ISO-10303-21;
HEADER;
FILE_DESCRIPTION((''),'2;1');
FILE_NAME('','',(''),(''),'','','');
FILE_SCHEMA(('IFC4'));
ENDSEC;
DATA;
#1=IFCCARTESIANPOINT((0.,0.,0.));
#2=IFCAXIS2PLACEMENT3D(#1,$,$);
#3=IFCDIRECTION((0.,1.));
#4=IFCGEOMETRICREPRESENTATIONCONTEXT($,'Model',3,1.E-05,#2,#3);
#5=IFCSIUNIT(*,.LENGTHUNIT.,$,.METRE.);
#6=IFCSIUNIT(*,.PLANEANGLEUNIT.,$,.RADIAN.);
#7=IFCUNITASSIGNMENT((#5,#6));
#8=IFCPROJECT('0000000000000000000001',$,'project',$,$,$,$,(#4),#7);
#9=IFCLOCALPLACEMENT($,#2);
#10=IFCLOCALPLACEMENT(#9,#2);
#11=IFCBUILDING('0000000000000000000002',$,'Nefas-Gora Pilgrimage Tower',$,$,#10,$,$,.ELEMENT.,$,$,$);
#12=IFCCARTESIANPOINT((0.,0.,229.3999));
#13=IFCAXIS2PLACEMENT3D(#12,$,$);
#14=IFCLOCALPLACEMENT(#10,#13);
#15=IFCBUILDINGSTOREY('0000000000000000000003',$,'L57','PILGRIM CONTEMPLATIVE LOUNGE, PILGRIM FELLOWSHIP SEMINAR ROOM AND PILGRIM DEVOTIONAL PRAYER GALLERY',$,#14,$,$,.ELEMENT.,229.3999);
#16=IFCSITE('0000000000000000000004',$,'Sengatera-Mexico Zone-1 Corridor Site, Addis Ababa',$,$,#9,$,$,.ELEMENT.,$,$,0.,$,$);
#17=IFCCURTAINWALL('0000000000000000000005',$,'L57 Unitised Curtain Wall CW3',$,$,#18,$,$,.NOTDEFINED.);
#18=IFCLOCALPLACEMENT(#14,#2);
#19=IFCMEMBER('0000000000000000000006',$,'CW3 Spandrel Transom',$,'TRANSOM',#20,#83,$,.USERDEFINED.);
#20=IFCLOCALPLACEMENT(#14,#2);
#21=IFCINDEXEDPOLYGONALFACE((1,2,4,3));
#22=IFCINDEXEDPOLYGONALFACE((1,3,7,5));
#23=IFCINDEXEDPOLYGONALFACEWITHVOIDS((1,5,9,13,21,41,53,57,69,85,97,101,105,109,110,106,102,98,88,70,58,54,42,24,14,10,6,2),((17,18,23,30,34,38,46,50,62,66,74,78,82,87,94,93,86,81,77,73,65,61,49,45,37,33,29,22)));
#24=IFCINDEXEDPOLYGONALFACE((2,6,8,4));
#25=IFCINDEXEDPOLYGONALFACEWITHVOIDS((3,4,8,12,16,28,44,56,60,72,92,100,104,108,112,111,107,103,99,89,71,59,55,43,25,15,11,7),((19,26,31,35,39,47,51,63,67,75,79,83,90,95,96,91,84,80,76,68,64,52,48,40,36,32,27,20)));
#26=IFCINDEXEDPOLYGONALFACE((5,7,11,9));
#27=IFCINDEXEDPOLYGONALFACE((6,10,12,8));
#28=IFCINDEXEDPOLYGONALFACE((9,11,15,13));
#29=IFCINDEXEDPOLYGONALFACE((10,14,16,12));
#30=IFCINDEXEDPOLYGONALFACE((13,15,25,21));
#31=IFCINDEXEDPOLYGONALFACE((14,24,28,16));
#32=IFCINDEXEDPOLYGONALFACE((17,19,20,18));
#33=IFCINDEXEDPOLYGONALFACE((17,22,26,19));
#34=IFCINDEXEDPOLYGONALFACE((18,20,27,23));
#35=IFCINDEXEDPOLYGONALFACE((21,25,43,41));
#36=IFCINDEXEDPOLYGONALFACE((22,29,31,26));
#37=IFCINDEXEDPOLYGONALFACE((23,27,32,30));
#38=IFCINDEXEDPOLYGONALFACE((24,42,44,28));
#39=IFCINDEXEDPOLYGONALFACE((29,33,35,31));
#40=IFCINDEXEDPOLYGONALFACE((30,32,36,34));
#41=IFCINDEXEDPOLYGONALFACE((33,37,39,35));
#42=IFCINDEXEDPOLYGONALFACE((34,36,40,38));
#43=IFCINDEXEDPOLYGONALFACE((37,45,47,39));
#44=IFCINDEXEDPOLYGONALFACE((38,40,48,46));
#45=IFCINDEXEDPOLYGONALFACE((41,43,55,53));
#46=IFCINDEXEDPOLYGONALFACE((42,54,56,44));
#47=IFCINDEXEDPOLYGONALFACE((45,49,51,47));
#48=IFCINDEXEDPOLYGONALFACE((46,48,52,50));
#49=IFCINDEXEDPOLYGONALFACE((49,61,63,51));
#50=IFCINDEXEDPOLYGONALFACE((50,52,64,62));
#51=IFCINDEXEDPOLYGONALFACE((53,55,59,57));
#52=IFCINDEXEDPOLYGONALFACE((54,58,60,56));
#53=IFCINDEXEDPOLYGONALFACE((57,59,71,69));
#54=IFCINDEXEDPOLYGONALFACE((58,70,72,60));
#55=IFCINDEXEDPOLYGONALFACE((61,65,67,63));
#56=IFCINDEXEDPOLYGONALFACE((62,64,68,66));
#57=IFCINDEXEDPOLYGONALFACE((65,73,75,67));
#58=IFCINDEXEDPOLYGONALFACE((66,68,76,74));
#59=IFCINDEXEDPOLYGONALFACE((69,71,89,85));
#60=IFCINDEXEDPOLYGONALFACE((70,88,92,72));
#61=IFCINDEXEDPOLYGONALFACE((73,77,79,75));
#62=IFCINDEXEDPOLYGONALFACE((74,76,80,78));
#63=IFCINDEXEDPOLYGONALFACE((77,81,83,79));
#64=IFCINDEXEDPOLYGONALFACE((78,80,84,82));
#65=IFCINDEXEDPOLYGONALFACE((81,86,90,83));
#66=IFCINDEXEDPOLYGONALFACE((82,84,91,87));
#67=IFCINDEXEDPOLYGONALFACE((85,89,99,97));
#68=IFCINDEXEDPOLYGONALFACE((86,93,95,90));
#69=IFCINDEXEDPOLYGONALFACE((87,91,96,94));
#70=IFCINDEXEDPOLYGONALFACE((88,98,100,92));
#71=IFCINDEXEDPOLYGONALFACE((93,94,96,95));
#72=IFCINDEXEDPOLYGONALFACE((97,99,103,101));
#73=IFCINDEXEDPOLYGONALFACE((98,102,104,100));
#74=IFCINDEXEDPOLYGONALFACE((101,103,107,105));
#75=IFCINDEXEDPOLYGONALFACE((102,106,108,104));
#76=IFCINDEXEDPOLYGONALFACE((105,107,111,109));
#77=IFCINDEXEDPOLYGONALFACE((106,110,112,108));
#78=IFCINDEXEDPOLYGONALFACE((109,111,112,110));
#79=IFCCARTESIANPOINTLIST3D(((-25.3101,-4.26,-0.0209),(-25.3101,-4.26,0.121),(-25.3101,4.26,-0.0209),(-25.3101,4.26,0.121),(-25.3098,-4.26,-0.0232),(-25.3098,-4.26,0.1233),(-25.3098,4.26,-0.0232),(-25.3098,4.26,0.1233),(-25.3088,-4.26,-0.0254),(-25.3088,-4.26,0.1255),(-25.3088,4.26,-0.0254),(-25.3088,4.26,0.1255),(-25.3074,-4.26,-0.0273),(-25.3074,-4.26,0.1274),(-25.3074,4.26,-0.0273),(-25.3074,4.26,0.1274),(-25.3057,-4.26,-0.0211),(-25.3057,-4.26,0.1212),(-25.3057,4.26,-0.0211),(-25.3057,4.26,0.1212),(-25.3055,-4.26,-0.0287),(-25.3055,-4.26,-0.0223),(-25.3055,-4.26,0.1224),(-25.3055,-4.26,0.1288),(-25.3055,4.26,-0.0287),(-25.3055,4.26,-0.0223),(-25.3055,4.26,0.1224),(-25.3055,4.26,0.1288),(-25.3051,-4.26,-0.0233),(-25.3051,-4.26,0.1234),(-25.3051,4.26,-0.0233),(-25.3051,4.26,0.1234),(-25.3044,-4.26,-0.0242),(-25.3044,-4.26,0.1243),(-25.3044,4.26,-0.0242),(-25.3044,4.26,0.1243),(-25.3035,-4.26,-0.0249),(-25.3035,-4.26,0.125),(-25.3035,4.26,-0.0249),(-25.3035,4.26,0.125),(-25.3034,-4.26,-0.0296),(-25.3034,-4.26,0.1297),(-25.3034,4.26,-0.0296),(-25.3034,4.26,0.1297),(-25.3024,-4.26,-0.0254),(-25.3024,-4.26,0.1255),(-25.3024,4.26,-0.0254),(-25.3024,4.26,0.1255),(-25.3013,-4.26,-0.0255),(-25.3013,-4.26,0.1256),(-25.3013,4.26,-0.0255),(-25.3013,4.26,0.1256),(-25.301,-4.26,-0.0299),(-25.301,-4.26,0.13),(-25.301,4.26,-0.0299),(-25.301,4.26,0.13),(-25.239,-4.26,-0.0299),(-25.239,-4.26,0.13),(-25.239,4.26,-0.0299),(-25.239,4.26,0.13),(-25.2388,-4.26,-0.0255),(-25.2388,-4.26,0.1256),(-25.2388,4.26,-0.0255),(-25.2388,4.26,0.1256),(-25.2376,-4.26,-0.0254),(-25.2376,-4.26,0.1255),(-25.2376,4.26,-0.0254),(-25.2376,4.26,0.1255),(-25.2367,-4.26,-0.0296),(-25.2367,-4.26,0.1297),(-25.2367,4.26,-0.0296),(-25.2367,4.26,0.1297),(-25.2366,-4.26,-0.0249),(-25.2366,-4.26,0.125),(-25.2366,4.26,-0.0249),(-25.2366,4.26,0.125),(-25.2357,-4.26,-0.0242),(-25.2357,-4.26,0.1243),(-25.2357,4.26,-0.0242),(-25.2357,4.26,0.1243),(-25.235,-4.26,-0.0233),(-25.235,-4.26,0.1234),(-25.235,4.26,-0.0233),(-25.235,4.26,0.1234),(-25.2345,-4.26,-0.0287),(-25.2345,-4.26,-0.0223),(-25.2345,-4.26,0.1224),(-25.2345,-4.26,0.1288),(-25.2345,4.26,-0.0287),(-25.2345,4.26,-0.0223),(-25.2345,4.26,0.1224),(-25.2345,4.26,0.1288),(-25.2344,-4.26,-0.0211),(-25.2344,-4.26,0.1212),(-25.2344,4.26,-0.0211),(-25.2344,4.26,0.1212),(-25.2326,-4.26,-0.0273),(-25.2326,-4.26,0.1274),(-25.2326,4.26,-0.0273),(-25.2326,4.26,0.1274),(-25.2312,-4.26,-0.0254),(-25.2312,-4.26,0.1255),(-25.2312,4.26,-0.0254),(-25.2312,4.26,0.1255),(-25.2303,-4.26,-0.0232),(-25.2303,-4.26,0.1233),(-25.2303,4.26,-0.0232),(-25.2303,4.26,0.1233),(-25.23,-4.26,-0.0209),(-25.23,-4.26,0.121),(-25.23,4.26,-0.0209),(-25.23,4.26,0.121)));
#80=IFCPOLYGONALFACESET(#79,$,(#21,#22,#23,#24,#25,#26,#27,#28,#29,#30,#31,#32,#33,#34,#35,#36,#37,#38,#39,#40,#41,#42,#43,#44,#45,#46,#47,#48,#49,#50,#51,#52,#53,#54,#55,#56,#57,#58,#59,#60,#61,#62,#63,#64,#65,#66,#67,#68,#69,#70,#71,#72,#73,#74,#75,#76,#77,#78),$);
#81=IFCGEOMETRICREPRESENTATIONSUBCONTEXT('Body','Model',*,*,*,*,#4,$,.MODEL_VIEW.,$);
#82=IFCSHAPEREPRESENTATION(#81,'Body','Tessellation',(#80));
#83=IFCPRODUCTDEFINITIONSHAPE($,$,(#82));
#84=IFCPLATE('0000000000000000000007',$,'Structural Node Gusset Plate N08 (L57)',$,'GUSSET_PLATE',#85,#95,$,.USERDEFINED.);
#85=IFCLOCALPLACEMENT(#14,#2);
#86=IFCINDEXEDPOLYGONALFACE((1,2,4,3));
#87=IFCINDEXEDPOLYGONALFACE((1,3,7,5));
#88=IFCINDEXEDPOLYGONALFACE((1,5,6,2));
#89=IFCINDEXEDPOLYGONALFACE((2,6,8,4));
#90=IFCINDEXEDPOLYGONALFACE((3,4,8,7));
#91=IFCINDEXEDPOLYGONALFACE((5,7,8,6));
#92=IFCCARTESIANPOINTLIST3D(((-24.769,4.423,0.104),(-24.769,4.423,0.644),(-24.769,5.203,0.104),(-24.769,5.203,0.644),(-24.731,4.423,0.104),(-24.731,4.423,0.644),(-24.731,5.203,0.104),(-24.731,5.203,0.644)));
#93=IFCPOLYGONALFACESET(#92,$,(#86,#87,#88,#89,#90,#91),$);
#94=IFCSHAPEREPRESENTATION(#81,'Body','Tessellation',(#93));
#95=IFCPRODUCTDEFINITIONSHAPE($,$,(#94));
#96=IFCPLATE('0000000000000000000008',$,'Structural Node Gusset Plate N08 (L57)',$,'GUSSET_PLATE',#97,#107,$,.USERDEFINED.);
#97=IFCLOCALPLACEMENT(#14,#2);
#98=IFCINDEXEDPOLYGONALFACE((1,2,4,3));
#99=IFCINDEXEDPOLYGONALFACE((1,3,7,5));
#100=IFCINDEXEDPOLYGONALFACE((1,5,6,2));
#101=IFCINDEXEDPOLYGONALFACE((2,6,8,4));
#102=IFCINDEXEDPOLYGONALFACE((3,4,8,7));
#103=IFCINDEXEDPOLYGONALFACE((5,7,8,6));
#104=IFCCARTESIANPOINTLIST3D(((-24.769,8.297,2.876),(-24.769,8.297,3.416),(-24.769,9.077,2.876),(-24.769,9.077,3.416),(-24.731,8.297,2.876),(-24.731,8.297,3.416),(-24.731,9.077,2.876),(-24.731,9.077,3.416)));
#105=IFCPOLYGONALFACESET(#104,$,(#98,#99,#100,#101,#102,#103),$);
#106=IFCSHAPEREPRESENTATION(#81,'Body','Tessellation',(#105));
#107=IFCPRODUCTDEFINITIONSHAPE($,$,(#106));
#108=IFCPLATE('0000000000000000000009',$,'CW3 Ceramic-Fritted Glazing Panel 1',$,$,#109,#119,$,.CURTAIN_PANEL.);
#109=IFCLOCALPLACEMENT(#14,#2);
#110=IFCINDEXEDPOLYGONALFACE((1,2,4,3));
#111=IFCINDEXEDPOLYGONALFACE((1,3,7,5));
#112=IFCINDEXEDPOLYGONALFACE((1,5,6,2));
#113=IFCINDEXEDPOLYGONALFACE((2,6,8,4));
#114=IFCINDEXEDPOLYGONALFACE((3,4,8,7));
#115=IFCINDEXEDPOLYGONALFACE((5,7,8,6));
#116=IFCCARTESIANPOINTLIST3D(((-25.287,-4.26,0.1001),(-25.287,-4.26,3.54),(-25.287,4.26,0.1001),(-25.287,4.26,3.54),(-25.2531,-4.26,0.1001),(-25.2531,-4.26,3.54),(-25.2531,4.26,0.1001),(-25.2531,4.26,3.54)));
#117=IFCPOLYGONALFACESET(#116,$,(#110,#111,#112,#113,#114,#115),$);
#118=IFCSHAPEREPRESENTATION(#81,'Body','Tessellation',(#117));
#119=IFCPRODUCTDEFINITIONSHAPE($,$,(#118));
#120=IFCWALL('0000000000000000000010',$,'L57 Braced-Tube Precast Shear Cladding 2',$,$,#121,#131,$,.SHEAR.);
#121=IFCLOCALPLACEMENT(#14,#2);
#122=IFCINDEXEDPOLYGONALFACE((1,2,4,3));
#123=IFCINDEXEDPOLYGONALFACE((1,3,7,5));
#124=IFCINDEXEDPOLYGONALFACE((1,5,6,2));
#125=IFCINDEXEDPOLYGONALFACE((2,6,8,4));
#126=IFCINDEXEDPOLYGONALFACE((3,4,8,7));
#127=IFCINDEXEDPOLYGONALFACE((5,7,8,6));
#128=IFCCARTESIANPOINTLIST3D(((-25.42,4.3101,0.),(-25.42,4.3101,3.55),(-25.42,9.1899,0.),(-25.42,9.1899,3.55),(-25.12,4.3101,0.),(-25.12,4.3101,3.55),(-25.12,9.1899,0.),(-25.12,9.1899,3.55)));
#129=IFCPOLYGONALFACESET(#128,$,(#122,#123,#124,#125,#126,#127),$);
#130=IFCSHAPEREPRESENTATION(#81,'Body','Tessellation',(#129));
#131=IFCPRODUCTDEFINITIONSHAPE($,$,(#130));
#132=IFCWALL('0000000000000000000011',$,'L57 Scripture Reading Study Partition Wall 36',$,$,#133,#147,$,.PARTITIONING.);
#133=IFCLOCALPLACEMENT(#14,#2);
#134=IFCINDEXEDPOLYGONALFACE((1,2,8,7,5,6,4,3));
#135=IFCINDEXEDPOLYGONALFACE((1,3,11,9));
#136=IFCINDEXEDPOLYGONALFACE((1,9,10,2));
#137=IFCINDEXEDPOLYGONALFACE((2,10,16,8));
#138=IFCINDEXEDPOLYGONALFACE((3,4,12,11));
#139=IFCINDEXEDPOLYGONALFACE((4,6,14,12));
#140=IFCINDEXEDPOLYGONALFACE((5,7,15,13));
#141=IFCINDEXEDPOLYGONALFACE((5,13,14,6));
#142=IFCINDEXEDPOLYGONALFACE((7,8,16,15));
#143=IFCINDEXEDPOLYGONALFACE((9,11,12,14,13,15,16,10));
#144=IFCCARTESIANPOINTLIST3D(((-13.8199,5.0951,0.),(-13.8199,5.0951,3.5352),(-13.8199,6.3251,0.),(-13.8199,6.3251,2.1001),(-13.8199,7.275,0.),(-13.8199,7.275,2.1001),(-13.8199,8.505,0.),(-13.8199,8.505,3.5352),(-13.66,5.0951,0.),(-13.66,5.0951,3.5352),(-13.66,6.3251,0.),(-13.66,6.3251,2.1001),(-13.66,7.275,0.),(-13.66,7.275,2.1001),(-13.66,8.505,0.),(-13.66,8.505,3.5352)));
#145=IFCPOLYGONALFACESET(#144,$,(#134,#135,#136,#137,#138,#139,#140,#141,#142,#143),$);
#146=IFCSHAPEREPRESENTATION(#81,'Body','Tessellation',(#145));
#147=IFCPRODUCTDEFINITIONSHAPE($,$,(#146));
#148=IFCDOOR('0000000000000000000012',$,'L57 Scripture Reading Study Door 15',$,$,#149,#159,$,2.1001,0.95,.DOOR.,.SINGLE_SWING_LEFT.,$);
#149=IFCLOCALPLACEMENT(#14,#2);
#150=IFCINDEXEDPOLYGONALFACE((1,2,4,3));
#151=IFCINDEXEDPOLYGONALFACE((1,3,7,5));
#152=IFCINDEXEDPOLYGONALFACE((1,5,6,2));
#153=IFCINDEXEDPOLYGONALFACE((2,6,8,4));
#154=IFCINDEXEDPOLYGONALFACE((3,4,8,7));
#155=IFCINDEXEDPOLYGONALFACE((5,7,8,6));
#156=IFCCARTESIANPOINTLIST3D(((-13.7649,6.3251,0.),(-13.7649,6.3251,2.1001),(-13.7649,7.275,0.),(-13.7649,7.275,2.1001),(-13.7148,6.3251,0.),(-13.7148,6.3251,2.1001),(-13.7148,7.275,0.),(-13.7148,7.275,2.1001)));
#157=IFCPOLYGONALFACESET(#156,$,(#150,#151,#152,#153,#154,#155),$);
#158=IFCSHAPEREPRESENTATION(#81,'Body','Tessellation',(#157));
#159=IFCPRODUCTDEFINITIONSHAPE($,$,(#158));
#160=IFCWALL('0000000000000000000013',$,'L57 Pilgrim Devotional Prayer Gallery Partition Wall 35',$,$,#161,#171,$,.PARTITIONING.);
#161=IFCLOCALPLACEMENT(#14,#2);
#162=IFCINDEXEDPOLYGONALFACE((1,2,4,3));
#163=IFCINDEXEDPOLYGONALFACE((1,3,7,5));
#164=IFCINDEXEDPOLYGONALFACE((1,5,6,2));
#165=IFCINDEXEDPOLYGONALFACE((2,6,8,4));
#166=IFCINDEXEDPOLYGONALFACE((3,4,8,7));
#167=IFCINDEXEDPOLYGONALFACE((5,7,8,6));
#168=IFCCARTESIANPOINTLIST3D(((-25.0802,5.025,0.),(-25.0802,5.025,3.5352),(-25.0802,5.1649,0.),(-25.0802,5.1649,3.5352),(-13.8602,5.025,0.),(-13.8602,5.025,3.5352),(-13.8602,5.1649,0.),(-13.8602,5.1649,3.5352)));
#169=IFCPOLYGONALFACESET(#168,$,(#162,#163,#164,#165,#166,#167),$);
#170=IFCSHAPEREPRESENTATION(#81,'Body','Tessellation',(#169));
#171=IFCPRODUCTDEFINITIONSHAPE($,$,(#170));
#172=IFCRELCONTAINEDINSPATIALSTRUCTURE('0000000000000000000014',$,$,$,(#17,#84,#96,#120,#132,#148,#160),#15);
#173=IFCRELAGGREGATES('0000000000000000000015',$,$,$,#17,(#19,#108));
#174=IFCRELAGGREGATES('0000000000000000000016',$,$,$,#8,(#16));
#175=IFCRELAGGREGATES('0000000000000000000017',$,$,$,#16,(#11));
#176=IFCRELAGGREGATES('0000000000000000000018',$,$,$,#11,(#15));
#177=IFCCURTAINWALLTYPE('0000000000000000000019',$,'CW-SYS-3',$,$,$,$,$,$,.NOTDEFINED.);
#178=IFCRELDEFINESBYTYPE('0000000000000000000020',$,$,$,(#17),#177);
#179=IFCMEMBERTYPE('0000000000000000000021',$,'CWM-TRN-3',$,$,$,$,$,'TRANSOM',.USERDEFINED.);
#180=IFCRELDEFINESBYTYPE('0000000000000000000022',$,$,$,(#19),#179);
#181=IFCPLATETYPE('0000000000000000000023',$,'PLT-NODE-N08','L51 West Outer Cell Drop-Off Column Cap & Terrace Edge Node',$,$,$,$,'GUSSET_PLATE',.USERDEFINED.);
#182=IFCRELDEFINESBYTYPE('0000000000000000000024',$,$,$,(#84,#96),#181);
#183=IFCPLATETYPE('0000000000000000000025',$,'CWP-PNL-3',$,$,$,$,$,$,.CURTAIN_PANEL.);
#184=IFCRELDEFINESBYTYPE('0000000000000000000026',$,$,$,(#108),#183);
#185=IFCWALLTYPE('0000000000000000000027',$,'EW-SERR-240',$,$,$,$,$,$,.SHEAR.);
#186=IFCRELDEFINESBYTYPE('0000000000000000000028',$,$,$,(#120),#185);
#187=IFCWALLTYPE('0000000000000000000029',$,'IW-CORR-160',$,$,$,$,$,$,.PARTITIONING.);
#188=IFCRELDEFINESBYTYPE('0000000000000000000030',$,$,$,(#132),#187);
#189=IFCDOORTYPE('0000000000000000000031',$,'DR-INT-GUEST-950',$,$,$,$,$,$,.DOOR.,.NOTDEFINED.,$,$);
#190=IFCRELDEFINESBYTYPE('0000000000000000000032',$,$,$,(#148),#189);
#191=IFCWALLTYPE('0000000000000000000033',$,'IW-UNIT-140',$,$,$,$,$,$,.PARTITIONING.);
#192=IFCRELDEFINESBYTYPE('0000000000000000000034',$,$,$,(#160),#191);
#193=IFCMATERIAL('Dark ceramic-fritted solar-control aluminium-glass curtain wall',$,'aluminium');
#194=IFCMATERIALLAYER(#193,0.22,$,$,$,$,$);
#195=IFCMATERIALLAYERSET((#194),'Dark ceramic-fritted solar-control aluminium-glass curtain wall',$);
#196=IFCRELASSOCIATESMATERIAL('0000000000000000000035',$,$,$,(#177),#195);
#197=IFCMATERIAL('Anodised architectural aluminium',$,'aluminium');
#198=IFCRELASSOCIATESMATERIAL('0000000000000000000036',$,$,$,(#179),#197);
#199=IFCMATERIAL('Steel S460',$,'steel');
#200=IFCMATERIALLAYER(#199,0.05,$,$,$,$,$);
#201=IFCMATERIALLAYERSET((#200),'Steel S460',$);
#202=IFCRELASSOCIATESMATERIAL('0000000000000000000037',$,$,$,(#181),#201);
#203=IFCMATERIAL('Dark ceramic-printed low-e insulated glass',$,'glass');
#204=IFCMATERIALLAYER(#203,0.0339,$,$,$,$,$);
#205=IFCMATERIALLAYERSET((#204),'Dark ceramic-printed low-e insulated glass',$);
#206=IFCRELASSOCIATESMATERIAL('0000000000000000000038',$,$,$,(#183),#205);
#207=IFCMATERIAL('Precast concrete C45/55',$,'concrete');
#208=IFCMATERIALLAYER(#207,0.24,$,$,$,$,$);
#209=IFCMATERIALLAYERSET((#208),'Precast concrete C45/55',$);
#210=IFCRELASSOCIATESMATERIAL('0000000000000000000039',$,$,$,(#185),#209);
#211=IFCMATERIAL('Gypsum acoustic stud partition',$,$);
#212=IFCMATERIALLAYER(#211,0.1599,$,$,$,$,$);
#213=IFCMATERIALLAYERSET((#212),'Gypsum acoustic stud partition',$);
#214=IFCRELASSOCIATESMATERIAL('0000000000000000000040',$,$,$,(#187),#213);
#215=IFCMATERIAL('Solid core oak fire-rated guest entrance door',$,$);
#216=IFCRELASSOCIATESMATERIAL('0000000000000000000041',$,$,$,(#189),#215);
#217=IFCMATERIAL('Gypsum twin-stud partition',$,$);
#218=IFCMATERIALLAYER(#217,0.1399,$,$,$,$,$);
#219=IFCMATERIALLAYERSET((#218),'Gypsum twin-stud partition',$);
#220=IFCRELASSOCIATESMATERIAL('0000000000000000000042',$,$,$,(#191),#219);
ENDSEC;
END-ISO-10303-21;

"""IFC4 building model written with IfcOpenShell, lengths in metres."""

from ifc_helpers import new_model, si_unit, direction, frame, frame_2d, origin, origin_2d, place, context, subcontext, project, spatial, rectangle, hollow_rectangle, extrude, source, transform, mapped, material, layer, layer_set, material_profile, profile_set, type_object, element, fill, aggregate, save


model = new_model("IFC4")

# Units and contexts
model_context = context("Model", 3, precision=1e-05, world=origin(), true_north=direction((0.0, 1.0)))
body_context = subcontext(model_context, "Body", "Model", "MODEL_VIEW")
ifc_project = project(units=[si_unit("LENGTHUNIT", "METRE"), si_unit("PLANEANGLEUNIT", "RADIAN")], contexts=[model_context])

# Site, building, storey
site_placement = place(None, origin())
site = spatial("IfcSite", under=ifc_project, at=site_placement, Name="Sengatera-Mexico Zone-1 Corridor Site, Addis Ababa", CompositionType="ELEMENT", RefElevation=0.0)
building_placement = place(site_placement, origin())
building = spatial("IfcBuilding", under=site, at=building_placement, Name="Nefas-Gora Pilgrimage Tower", CompositionType="ELEMENT")
storey_placement = place(building_placement, frame((0.0, 0.0, 229.3999)))
storey = spatial("IfcBuildingStorey", under=building, at=storey_placement, Name="L57", Description="PILGRIM CONTEMPLATIVE LOUNGE, PILGRIM FELLOWSHIP SEMINAR ROOM AND PILGRIM DEVOTIONAL PRAYER GALLERY", CompositionType="ELEMENT", Elevation=229.3999)

# Shared definitions
ifc_material_1 = material(Name="Steel S460", Category="steel")

# Shared definitions
ifc_material_2 = material(Name="Dark ceramic-fritted solar-control aluminium-glass curtain wall", Category="aluminium")
ifc_layer_1 = layer(ifc_material_2, 0.22)
ifc_layer_set_1 = layer_set([ifc_layer_1], Name="Dark ceramic-fritted solar-control aluminium-glass curtain wall")
curtain_wall_type = type_object("IfcCurtainWallType", Name="CW-SYS-3", PredefinedType="NOTDEFINED", material=ifc_layer_set_1)
ifc_material_3 = material(Name="Anodised architectural aluminium", Category="aluminium")

# Curtain wall, member
curtain_wall_1_placement = place(storey_placement, origin())
curtain_wall_1 = element("IfcCurtainWall", 1, at=curtain_wall_1_placement, inside=storey, type_object=curtain_wall_type, Name="L57 Unitised Curtain Wall CW3", PredefinedType="NOTDEFINED")
ifc_material_profile_1 = material_profile(ifc_material_3, hollow_rectangle(XDim=0.0801, YDim=0.1599, WallThickness=0.0044, InnerFilletRadius=0.0044, OuterFilletRadius=0.009, at=origin_2d()), Name="ALU TRANSOM 80x160")
ifc_profile_set_1 = profile_set([ifc_material_profile_1], Name="Anodised architectural aluminium")
member_type_1 = type_object("IfcMemberType", Name="CWM-TRN-3", ElementType="TRANSOM", PredefinedType="USERDEFINED", material=ifc_profile_set_1)
shared_shape_1 = source(origin(), body_context, "Body", "SweptSolid", [
    extrude(hollow_rectangle(XDim=0.0801, YDim=0.1599, WallThickness=0.0044, InnerFilletRadius=0.0044, OuterFilletRadius=0.009, at=origin_2d()), origin(), (0.0, 0.0, 1.0), 8.52),
])
member_1_placement = place(storey_placement, frame((-25.27, 4.26, 0.05), z_axis=(0.0, -1.0, 0.0), x_axis=(1.0, 0.0, 0.0)))
member_1 = element("IfcMember", 2, at=member_1_placement, type_object=member_type_1, Name="CW3 Spandrel Transom", ObjectType="TRANSOM", PredefinedType="USERDEFINED", context=body_context, shape_type="MappedRepresentation", body=[
    mapped(shared_shape_1, transform((0.0, 0.0, 0.0), x_axis=(1.0, 0.0, 0.0), y_axis=(0.0, 1.0, 0.0), z_axis=(0.0, 0.0, 1.0), scale=1.0)),
])

# Plates
ifc_layer_2 = layer(ifc_material_1, 0.05)
ifc_layer_set_2 = layer_set([ifc_layer_2], Name="Steel S460")
plate_type_1 = type_object("IfcPlateType", Name="PLT-NODE-N08", Description="L51 West Outer Cell Drop-Off Column Cap & Terrace Edge Node", ElementType="GUSSET_PLATE", PredefinedType="USERDEFINED", material=ifc_layer_set_2)
shared_shape_2 = source(origin(), body_context, "Body", "SweptSolid", [
    extrude(rectangle(XDim=0.78, YDim=0.0381, at=origin_2d()), origin(), (0.0, 0.0, 1.0), 0.54),
])
for number, where, z_axis, x_axis, name in (
    (3, (-24.75, 4.813, 0.104), (0.0, 0.0, 1.0), (0.0, 1.0, 0.0), "Structural Node Gusset Plate N08 (L57)"),
    (4, (-24.75, 8.687, 2.876), (0.0, 0.0, 1.0), (0.0, 1.0, 0.0), "Structural Node Gusset Plate N08 (L57)"),
):
    element("IfcPlate", number, at=place(storey_placement, frame(where, z_axis=z_axis, x_axis=x_axis)), inside=storey, type_object=plate_type_1, Name=name, ObjectType="GUSSET_PLATE", PredefinedType="USERDEFINED", context=body_context, shape_type="MappedRepresentation", body=[
        mapped(shared_shape_2, transform((0.0, 0.0, 0.0), x_axis=(1.0, 0.0, 0.0), y_axis=(0.0, 1.0, 0.0), z_axis=(0.0, 0.0, 1.0), scale=1.0)),
    ])

# Plate
ifc_material_4 = material(Name="Dark ceramic-printed low-e insulated glass", Category="glass")
ifc_layer_3 = layer(ifc_material_4, 0.0339)
ifc_layer_set_3 = layer_set([ifc_layer_3], Name="Dark ceramic-printed low-e insulated glass")
plate_type_2 = type_object("IfcPlateType", Name="CWP-PNL-3", PredefinedType="CURTAIN_PANEL", material=ifc_layer_set_3)
shared_shape_3 = source(origin(), body_context, "Body", "SweptSolid", [
    extrude(rectangle(XDim=8.52, YDim=0.0339, at=origin_2d()), origin(), (0.0, 0.0, 1.0), 3.4399),
])
plate_placement = place(storey_placement, frame((-25.27, 0.0, 0.1001), z_axis=(0.0, 0.0, 1.0), x_axis=(0.0, -1.0, 0.0)))
plate = element("IfcPlate", 5, at=plate_placement, type_object=plate_type_2, Name="CW3 Ceramic-Fritted Glazing Panel 1", PredefinedType="CURTAIN_PANEL", context=body_context, shape_type="MappedRepresentation", body=[
    mapped(shared_shape_3, transform((0.0, 0.0, 0.0), x_axis=(1.0, 0.0, 0.0), y_axis=(0.0, 1.0, 0.0), z_axis=(0.0, 0.0, 1.0), scale=1.0)),
])
aggregate(curtain_wall_1, [member_1, plate])

# Wall
ifc_material_5 = material(Name="Precast concrete C45/55", Category="concrete")
ifc_layer_4 = layer(ifc_material_5, 0.24)
ifc_layer_set_4 = layer_set([ifc_layer_4], Name="Precast concrete C45/55")
wall_type_1 = type_object("IfcWallType", Name="EW-SERR-240", PredefinedType="SHEAR", material=ifc_layer_set_4)
shared_shape_4 = source(origin(), body_context, "Body", "SweptSolid", [
    extrude(rectangle(XDim=4.8799, YDim=0.3, at=frame_2d((2.4399, 0.0))), origin(), (0.0, 0.0, 1.0), 3.55),
])
wall_1_placement = place(storey_placement, frame((-25.27, 4.3101, 0.0), z_axis=(0.0, 0.0, 1.0), x_axis=(0.0, 1.0, 0.0)))
element("IfcWall", 6, at=wall_1_placement, inside=storey, type_object=wall_type_1, Name="L57 Braced-Tube Precast Shear Cladding 2", PredefinedType="SHEAR", context=body_context, shape_type="MappedRepresentation", body=[
    mapped(shared_shape_4, transform((0.0, 0.0, 0.0), x_axis=(1.0, 0.0, 0.0), y_axis=(0.0, 1.0, 0.0), z_axis=(0.0, 0.0, 1.0), scale=1.0)),
])

# Wall, opening, door
ifc_material_6 = material(Name="Gypsum acoustic stud partition")
ifc_layer_5 = layer(ifc_material_6, 0.1599)
ifc_layer_set_5 = layer_set([ifc_layer_5], Name="Gypsum acoustic stud partition")
wall_type_2 = type_object("IfcWallType", Name="IW-CORR-160", PredefinedType="PARTITIONING", material=ifc_layer_set_5)
shared_shape_5 = source(origin(), body_context, "Body", "SweptSolid", [
    extrude(rectangle(XDim=3.4099, YDim=0.1599, at=frame_2d((1.7051, 0.0))), origin(), (0.0, 0.0, 1.0), 3.5352),
])
wall_2_placement = place(storey_placement, frame((-13.74, 5.095, 0.0), z_axis=(0.0, 0.0, 1.0), x_axis=(0.0, 1.0, 0.0)))
wall_2 = element("IfcWall", 7, at=wall_2_placement, inside=storey, type_object=wall_type_2, Name="L57 Scripture Reading Study Partition Wall 36", PredefinedType="PARTITIONING", context=body_context, shape_type="MappedRepresentation", body=[
    mapped(shared_shape_5, transform((0.0, 0.0, 0.0), x_axis=(1.0, 0.0, 0.0), y_axis=(0.0, 1.0, 0.0), z_axis=(0.0, 0.0, 1.0), scale=1.0)),
])
opening_placement = place(wall_2_placement, frame((1.23, 0.0, 0.0)))
opening = element("IfcOpeningElement", 8, at=opening_placement, cuts=wall_2, PredefinedType="OPENING", context=body_context, shape_type="SweptSolid", body=[
    extrude(rectangle(XDim=0.95, YDim=2.1001, at=frame_2d((0.4751, 1.05))), frame((0.0, 0.0898, 0.0), z_axis=(0.0, -1.0, 0.0), x_axis=(1.0, 0.0, 0.0)), (0.0, 0.0, 1.0), 0.1799),
])
ifc_material_7 = material(Name="Solid core oak fire-rated guest entrance door")
door_type = type_object("IfcDoorType", Name="DR-INT-GUEST-950", OperationType="NOTDEFINED", PredefinedType="DOOR", material=ifc_material_7)
shared_shape_6 = source(origin(), body_context, "Body", "SweptSolid", [
    extrude(rectangle(XDim=0.95, YDim=2.1001, at=frame_2d((0.4751, 1.05))), frame((0.0, 0.0249, 0.0), z_axis=(0.0, -1.0, 0.0), x_axis=(1.0, 0.0, 0.0)), (0.0, 0.0, 1.0), 0.05),
])
door_placement = place(opening_placement, origin())
door = element("IfcDoor", 9, at=door_placement, inside=storey, type_object=door_type, Name="L57 Scripture Reading Study Door 15", OperationType="SINGLE_SWING_LEFT", OverallHeight=2.1001, OverallWidth=0.95, PredefinedType="DOOR", context=body_context, shape_type="MappedRepresentation", body=[
    mapped(shared_shape_6, transform((0.0, 0.0, 0.0), x_axis=(1.0, 0.0, 0.0), y_axis=(0.0, 1.0, 0.0), z_axis=(0.0, 0.0, 1.0), scale=1.0)),
])
fill(opening, door)

# Wall
ifc_material_8 = material(Name="Gypsum twin-stud partition")
ifc_layer_6 = layer(ifc_material_8, 0.1399)
ifc_layer_set_6 = layer_set([ifc_layer_6], Name="Gypsum twin-stud partition")
wall_type_3 = type_object("IfcWallType", Name="IW-UNIT-140", PredefinedType="PARTITIONING", material=ifc_layer_set_6)
shared_shape_7 = source(origin(), body_context, "Body", "SweptSolid", [
    extrude(rectangle(XDim=11.22, YDim=0.1399, at=frame_2d((5.6099, 0.0))), origin(), (0.0, 0.0, 1.0), 3.5352),
])
wall_3_placement = place(storey_placement, frame((-25.0801, 5.095, 0.0), z_axis=(0.0, 0.0, 1.0), x_axis=(1.0, 0.0, 0.0)))
element("IfcWall", 10, at=wall_3_placement, inside=storey, type_object=wall_type_3, Name="L57 Pilgrim Devotional Prayer Gallery Partition Wall 35", PredefinedType="PARTITIONING", context=body_context, shape_type="MappedRepresentation", body=[
    mapped(shared_shape_7, transform((0.0, 0.0, 0.0), x_axis=(1.0, 0.0, 0.0), y_axis=(0.0, 1.0, 0.0), z_axis=(0.0, 0.0, 1.0), scale=1.0)),
])

save(model, "model.ifc")
